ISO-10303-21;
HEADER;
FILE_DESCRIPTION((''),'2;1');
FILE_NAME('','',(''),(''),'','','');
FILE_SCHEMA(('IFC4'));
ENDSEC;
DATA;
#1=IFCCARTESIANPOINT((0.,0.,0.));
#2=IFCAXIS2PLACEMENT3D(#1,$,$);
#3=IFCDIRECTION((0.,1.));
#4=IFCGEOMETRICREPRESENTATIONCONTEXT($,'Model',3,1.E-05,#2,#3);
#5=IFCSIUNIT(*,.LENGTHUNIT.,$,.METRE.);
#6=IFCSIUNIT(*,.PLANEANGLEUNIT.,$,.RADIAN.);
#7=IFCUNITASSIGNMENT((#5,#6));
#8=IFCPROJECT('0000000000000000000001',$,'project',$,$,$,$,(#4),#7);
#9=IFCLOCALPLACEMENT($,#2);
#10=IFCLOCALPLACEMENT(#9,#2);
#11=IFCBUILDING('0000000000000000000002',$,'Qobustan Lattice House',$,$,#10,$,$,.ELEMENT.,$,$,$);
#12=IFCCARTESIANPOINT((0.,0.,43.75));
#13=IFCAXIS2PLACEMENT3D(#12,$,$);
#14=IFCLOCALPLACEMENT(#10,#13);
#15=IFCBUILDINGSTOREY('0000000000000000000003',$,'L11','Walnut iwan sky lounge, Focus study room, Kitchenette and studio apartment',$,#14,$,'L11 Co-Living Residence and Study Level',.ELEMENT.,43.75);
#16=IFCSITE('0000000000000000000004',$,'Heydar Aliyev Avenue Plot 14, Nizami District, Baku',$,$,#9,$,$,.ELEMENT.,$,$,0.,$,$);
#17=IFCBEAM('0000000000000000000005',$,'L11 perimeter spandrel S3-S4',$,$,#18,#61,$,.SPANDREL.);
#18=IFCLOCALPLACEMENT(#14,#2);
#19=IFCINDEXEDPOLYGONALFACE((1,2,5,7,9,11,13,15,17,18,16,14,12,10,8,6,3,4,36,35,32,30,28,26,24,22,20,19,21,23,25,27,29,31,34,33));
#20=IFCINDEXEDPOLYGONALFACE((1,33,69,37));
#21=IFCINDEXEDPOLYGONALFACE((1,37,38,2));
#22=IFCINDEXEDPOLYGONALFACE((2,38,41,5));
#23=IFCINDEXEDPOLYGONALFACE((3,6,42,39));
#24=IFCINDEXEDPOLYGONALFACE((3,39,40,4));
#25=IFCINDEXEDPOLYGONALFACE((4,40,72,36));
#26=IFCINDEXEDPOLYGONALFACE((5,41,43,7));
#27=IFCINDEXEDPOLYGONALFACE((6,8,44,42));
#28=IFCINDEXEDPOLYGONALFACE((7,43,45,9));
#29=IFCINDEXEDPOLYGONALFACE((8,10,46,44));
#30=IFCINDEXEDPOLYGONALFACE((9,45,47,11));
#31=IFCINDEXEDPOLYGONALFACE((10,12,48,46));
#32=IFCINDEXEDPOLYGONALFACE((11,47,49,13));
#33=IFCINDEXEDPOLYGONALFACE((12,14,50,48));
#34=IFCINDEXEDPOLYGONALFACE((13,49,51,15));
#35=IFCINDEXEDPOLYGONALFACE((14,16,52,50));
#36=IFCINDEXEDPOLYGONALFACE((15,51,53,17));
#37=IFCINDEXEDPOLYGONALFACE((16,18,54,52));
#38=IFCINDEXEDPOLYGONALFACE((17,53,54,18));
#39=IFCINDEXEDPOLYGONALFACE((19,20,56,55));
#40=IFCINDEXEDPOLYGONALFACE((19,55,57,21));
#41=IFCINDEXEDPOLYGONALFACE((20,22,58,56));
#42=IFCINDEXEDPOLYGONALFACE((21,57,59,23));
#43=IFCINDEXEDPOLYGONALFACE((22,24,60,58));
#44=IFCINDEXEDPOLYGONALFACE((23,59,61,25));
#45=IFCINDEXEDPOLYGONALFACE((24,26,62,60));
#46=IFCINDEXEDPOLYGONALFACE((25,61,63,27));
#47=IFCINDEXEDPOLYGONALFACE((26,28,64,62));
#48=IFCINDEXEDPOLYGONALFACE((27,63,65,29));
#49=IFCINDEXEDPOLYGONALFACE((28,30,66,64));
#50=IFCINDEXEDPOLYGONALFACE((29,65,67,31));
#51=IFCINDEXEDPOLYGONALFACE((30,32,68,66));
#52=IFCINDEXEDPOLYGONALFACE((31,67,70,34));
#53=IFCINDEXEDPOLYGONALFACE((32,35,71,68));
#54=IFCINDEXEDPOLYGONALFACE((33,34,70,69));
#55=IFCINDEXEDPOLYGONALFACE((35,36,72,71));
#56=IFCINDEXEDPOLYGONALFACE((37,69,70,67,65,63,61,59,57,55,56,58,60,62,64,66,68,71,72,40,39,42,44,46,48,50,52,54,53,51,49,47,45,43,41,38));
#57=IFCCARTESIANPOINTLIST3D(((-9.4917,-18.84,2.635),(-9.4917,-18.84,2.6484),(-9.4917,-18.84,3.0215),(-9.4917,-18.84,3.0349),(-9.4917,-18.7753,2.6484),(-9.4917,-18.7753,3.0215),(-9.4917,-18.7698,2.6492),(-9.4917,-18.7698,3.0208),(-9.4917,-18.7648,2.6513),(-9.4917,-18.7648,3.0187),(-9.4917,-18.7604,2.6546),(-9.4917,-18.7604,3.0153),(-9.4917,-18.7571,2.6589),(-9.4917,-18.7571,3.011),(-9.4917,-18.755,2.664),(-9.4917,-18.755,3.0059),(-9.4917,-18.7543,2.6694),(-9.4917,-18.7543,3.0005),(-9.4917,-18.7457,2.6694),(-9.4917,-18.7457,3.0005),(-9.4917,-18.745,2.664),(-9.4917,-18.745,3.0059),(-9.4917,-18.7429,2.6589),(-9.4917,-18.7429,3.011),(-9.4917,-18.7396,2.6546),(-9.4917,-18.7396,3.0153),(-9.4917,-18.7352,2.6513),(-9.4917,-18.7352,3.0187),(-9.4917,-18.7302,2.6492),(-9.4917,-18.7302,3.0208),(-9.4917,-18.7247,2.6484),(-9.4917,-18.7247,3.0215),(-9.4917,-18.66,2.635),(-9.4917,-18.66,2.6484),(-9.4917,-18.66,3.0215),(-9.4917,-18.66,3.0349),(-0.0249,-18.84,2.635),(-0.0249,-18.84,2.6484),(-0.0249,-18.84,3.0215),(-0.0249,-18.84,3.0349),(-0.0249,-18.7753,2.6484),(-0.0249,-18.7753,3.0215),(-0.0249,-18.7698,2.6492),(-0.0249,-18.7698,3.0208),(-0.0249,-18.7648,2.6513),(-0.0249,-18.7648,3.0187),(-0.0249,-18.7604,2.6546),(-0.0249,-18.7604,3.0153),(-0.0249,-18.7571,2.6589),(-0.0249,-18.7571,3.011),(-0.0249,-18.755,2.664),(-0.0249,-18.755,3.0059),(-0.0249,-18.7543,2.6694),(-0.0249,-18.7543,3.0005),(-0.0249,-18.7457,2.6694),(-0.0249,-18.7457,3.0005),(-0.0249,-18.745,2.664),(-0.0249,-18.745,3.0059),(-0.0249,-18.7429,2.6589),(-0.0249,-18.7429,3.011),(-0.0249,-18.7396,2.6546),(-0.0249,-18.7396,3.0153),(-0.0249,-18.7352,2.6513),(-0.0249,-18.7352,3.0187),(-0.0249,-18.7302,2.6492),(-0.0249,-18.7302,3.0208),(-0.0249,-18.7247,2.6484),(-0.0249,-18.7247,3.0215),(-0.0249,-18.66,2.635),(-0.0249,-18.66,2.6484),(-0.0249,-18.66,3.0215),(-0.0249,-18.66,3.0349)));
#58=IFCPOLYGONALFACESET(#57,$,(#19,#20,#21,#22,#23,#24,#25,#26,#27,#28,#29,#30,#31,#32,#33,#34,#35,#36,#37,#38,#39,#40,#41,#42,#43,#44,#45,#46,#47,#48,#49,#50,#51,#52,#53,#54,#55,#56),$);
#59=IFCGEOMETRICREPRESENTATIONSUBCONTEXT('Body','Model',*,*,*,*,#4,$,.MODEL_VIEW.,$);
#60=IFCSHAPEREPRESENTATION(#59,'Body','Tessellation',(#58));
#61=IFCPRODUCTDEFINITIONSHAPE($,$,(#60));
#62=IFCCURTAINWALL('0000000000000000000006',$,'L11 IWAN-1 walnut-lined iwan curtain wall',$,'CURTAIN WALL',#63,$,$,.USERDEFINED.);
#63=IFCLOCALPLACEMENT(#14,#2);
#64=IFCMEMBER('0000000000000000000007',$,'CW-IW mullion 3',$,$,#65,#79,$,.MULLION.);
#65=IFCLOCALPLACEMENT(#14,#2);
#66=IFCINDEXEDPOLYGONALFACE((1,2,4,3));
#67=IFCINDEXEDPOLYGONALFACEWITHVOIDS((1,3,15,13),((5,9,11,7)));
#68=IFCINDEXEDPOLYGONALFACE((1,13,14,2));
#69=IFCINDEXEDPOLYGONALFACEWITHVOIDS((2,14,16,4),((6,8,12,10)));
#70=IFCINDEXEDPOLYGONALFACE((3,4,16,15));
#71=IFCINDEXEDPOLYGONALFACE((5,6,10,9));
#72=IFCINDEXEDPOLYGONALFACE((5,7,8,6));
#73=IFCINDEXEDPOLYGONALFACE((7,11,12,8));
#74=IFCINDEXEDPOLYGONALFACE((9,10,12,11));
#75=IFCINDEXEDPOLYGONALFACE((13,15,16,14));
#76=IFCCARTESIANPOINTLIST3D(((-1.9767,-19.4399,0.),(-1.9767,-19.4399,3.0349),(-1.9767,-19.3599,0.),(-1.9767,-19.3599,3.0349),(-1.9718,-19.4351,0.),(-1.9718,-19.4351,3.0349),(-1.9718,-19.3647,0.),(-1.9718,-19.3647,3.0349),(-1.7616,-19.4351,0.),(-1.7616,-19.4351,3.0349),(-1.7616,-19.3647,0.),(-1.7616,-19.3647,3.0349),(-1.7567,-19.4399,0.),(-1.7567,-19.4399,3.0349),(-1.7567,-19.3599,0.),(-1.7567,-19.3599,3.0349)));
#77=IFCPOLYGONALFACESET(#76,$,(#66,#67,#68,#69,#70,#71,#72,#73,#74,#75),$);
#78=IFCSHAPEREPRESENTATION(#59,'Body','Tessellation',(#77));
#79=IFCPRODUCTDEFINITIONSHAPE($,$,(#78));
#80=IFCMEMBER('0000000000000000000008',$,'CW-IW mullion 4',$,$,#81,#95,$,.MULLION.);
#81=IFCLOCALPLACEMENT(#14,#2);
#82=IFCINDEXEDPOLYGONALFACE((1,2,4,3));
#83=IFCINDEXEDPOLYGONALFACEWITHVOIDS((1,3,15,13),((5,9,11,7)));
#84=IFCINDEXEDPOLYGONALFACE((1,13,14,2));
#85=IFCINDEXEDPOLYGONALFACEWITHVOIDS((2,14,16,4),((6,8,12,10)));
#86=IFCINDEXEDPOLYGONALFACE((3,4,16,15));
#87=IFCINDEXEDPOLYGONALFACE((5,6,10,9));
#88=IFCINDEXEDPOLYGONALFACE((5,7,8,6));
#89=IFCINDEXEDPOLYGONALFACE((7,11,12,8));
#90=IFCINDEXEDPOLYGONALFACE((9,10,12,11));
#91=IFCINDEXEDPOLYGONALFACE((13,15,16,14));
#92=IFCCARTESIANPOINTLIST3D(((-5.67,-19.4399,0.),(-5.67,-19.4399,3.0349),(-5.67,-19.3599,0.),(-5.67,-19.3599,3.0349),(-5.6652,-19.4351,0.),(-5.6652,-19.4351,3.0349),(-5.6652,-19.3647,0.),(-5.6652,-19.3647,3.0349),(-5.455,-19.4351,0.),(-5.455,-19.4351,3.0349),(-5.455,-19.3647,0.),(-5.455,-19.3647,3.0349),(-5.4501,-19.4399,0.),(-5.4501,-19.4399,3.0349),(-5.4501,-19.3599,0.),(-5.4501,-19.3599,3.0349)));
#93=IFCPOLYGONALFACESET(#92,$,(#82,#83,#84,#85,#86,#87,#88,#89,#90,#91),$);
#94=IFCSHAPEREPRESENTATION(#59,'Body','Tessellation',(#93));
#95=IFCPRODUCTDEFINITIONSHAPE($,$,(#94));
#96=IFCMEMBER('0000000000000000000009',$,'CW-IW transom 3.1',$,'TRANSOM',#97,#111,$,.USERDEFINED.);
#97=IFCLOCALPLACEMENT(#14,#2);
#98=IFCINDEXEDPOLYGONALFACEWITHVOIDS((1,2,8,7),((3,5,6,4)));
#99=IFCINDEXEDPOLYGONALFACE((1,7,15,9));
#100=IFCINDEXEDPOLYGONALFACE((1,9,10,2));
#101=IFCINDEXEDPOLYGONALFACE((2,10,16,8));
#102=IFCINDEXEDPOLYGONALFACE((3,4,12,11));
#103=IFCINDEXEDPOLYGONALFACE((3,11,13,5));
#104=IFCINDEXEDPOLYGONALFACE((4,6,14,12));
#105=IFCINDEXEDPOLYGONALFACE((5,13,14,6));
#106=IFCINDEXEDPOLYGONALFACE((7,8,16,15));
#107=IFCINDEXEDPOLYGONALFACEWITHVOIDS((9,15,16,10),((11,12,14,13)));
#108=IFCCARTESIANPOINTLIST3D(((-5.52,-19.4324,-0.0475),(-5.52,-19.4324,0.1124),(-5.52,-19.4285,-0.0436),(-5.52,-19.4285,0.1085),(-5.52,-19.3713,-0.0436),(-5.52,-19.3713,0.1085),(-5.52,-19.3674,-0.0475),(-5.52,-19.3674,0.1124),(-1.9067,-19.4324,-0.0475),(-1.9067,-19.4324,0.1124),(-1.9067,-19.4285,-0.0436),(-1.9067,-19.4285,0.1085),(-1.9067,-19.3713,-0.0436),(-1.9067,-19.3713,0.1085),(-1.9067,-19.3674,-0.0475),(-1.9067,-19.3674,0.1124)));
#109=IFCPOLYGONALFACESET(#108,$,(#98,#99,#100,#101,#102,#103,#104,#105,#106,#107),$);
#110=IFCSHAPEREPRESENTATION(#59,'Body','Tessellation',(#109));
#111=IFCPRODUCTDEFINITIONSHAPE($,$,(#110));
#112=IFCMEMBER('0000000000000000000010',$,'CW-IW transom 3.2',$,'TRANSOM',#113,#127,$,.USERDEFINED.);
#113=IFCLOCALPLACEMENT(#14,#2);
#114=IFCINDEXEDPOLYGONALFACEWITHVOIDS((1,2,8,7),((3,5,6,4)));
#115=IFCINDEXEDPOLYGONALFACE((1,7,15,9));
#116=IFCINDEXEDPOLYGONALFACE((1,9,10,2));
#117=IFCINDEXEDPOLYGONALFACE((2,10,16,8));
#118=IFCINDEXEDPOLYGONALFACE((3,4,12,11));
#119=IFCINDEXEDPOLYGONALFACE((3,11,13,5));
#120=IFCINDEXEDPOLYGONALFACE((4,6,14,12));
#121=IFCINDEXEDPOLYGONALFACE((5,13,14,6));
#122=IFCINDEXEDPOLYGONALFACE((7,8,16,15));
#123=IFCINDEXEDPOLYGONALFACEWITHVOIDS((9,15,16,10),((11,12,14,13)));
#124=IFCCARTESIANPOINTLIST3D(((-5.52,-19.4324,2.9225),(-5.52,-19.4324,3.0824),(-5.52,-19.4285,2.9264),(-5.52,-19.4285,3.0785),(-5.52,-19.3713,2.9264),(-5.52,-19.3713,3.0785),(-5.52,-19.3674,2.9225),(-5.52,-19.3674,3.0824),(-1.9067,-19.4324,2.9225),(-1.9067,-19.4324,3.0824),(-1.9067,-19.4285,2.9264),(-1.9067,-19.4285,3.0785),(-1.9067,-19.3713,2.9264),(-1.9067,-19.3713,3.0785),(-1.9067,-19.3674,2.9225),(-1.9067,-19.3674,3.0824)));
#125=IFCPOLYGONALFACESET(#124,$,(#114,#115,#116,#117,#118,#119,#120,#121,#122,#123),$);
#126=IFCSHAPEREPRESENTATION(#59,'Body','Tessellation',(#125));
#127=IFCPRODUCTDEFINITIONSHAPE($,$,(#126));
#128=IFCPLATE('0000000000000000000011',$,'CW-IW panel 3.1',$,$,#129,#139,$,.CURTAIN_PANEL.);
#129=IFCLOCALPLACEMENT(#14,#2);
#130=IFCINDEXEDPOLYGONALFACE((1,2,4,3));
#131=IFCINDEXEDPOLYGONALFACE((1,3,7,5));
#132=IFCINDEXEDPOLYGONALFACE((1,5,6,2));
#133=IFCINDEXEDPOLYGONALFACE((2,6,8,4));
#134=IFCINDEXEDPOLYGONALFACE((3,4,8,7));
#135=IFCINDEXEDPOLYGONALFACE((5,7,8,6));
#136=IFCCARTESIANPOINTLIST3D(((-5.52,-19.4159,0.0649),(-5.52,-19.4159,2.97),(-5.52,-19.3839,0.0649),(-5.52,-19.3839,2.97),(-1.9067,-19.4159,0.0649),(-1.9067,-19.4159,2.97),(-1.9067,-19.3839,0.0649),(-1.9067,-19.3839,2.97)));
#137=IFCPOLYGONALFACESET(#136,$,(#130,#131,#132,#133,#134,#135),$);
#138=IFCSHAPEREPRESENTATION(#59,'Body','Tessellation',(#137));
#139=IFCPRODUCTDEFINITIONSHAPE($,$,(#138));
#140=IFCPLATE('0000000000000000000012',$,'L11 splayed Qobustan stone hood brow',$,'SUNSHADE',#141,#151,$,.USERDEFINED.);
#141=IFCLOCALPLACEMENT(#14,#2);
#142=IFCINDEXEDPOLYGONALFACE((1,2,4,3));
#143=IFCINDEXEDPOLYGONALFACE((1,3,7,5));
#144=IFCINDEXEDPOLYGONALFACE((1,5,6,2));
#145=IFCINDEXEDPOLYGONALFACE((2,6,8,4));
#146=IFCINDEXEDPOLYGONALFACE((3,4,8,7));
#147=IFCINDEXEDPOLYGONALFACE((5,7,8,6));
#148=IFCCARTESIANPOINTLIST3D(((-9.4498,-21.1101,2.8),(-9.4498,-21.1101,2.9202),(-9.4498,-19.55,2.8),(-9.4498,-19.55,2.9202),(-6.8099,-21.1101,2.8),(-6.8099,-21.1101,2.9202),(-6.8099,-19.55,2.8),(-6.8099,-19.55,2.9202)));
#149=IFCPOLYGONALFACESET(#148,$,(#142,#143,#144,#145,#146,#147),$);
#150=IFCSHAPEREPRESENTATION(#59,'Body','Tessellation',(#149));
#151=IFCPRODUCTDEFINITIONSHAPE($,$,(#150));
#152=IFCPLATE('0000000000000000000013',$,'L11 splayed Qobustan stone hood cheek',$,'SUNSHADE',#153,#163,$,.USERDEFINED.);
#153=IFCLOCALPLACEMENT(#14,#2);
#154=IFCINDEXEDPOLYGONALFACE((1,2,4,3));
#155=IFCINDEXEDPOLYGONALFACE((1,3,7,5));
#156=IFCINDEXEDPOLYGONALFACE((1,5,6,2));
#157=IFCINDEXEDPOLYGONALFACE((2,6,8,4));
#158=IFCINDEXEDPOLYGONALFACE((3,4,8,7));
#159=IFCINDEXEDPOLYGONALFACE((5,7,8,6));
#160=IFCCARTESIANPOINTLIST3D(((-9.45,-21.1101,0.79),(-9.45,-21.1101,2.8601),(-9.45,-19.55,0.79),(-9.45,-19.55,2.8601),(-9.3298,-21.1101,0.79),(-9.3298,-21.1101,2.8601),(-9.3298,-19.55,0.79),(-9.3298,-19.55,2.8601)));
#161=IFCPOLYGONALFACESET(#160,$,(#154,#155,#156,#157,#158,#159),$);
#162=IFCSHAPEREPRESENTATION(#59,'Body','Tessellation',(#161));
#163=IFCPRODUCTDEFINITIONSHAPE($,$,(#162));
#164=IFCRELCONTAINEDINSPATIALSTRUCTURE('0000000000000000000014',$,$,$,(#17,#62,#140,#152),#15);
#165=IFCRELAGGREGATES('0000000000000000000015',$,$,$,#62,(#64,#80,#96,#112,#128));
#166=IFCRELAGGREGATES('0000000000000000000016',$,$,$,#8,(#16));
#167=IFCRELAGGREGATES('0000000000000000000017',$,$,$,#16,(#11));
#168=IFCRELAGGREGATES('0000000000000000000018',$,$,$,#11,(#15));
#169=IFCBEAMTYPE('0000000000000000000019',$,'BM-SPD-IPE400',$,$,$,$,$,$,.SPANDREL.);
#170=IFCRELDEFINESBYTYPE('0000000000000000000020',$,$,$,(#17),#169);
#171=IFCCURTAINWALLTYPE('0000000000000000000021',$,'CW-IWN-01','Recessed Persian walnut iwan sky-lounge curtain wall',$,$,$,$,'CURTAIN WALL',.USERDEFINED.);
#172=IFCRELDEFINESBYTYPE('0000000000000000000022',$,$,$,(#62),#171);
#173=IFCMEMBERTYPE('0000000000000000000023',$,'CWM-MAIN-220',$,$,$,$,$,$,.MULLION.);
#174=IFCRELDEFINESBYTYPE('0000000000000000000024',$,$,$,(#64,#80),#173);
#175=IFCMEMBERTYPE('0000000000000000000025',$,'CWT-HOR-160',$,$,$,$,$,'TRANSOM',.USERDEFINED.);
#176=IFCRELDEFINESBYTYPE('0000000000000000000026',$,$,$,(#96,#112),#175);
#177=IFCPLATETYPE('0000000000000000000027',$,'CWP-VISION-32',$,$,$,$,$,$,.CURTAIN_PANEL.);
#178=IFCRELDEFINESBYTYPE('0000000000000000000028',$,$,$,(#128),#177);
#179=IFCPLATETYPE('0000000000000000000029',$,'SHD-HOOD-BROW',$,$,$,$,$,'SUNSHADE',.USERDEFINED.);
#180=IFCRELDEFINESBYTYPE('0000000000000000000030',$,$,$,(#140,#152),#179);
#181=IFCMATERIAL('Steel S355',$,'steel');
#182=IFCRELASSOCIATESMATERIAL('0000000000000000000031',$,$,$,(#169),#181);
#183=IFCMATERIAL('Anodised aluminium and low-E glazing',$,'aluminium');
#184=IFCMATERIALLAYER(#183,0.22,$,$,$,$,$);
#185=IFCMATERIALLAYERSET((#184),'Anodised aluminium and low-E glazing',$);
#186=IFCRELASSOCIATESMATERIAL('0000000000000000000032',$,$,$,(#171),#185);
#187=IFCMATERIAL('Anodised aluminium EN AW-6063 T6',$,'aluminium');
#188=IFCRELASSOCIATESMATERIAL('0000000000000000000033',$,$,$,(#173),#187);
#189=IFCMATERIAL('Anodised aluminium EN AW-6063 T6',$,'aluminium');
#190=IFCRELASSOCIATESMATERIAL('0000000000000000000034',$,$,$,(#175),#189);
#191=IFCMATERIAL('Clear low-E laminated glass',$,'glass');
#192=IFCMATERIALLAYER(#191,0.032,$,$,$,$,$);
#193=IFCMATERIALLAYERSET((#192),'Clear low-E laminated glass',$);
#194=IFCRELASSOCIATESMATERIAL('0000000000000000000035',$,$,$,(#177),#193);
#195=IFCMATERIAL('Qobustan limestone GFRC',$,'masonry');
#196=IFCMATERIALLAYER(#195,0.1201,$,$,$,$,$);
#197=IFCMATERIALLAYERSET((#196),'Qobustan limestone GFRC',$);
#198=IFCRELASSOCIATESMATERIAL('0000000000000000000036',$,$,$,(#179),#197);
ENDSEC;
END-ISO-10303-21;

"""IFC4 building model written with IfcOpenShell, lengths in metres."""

from ifc_helpers import new_model, si_unit, direction, frame, origin, origin_2d, place, context, subcontext, project, spatial, rectangle, hollow_rectangle, i_section, extrude, material, layer, layer_set, material_profile, profile_set, type_object, element, aggregate, save


model = new_model("IFC4")

# Units and contexts
model_context = context("Model", 3, precision=1e-05, world=origin(), true_north=direction((0.0, 1.0)))
body_context = subcontext(model_context, "Body", "Model", "MODEL_VIEW")
ifc_project = project(units=[si_unit("LENGTHUNIT", "METRE"), si_unit("PLANEANGLEUNIT", "RADIAN")], contexts=[model_context])

# Site, building, storey
site_placement = place(None, origin())
site = spatial("IfcSite", under=ifc_project, at=site_placement, Name="Heydar Aliyev Avenue Plot 14, Nizami District, Baku", CompositionType="ELEMENT", RefElevation=0.0)
building_placement = place(site_placement, origin())
building = spatial("IfcBuilding", under=site, at=building_placement, Name="Qobustan Lattice House", CompositionType="ELEMENT")
storey_placement = place(building_placement, frame((0.0, 0.0, 43.75)))
storey = spatial("IfcBuildingStorey", under=building, at=storey_placement, Name="L11", Description="Walnut iwan sky lounge, Focus study room, Kitchenette and studio apartment", LongName="L11 Co-Living Residence and Study Level", CompositionType="ELEMENT", Elevation=43.75)

# Beam
ifc_material_1 = material(Name="Steel S355", Category="steel")
ifc_material_profile_1 = material_profile(ifc_material_1, i_section(OverallWidth=0.1799, OverallDepth=0.3999, WebThickness=0.0085, FlangeThickness=0.0134, FilletRadius=0.021, at=origin_2d()), Name="IPE400")
ifc_profile_set_1 = profile_set([ifc_material_profile_1], Name="Steel S355")
beam_type_1 = type_object("IfcBeamType", Name="BM-SPD-IPE400", PredefinedType="SPANDREL", material=ifc_profile_set_1)
beam_1_placement = place(storey_placement, frame((-9.4917, -18.75, 2.835), z_axis=(1.0, 0.0, 0.0), x_axis=(0.0, 1.0, 0.0)))
element("IfcBeam", 1, at=beam_1_placement, inside=storey, type_object=beam_type_1, Name="L11 perimeter spandrel S3-S4", PredefinedType="SPANDREL", context=body_context, shape_type="SweptSolid", body=[
    extrude(i_section(OverallWidth=0.1799, OverallDepth=0.3999, WebThickness=0.0085, FlangeThickness=0.0134, FilletRadius=0.021, at=origin_2d()), origin(), (0.0, 0.0, 1.0), 9.4668),
])

# Curtain wall, members, plate
ifc_material_2 = material(Name="Anodised aluminium and low-E glazing", Category="aluminium")
ifc_layer_1 = layer(ifc_material_2, 0.22)
ifc_layer_set_1 = layer_set([ifc_layer_1], Name="Anodised aluminium and low-E glazing")
curtain_wall_type = type_object("IfcCurtainWallType", Name="CW-IWN-01", Description="Recessed Persian walnut iwan sky-lounge curtain wall", ElementType="CURTAIN WALL", PredefinedType="USERDEFINED", material=ifc_layer_set_1)
curtain_wall_placement = place(storey_placement, origin())
curtain_wall = element("IfcCurtainWall", 2, at=curtain_wall_placement, inside=storey, type_object=curtain_wall_type, Name="L11 IWAN-1 walnut-lined iwan curtain wall", ObjectType="CURTAIN WALL", PredefinedType="USERDEFINED")
ifc_material_3 = material(Name="Anodised aluminium EN AW-6063 T6", Category="aluminium")
ifc_material_profile_2 = material_profile(ifc_material_3, hollow_rectangle(XDim=0.0801, YDim=0.22, WallThickness=0.0049, at=origin_2d()), Name="CWM-220x80")
ifc_profile_set_2 = profile_set([ifc_material_profile_2], Name="Anodised aluminium EN AW-6063 T6")
member_type_1 = type_object("IfcMemberType", Name="CWM-MAIN-220", PredefinedType="MULLION", material=ifc_profile_set_2)
member_1_placement = place(storey_placement, frame((-1.8667, -19.3999, 0.0), z_axis=(0.0, 0.0, 1.0), x_axis=(0.0, -1.0, 0.0)))
member_1 = element("IfcMember", 3, at=member_1_placement, type_object=member_type_1, Name="CW-IW mullion 3", PredefinedType="MULLION", context=body_context, shape_type="SweptSolid", body=[
    extrude(hollow_rectangle(XDim=0.0801, YDim=0.22, WallThickness=0.0049, at=origin_2d()), origin(), (0.0, 0.0, 1.0), 3.0349),
])
member_2_placement = place(storey_placement, frame((-5.5601, -19.3999, 0.0), z_axis=(0.0, 0.0, 1.0), x_axis=(0.0, -1.0, 0.0)))
member_2 = element("IfcMember", 4, at=member_2_placement, type_object=member_type_1, Name="CW-IW mullion 4", PredefinedType="MULLION", context=body_context, shape_type="SweptSolid", body=[
    extrude(hollow_rectangle(XDim=0.0801, YDim=0.22, WallThickness=0.0049, at=origin_2d()), origin(), (0.0, 0.0, 1.0), 3.0349),
])
ifc_material_4 = material(Name="Anodised aluminium EN AW-6063 T6", Category="aluminium")
ifc_material_profile_3 = material_profile(ifc_material_4, hollow_rectangle(XDim=0.0649, YDim=0.1599, WallThickness=0.0039, at=origin_2d()), Name="CWT-160x65")
ifc_profile_set_3 = profile_set([ifc_material_profile_3], Name="Anodised aluminium EN AW-6063 T6")
member_type_2 = type_object("IfcMemberType", Name="CWT-HOR-160", ElementType="TRANSOM", PredefinedType="USERDEFINED", material=ifc_profile_set_3)
member_3_placement = place(storey_placement, frame((-1.9067, -19.3999, 0.0325), z_axis=(-1.0, 0.0, 0.0), x_axis=(0.0, -1.0, 0.0)))
member_3 = element("IfcMember", 5, at=member_3_placement, type_object=member_type_2, Name="CW-IW transom 3.1", ObjectType="TRANSOM", PredefinedType="USERDEFINED", context=body_context, shape_type="SweptSolid", body=[
    extrude(hollow_rectangle(XDim=0.0649, YDim=0.1599, WallThickness=0.0039, at=origin_2d()), origin(), (0.0, 0.0, 1.0), 3.6133),
])
member_4_placement = place(storey_placement, frame((-1.9067, -19.3999, 3.0024), z_axis=(-1.0, 0.0, 0.0), x_axis=(0.0, -1.0, 0.0)))
member_4 = element("IfcMember", 6, at=member_4_placement, type_object=member_type_2, Name="CW-IW transom 3.2", ObjectType="TRANSOM", PredefinedType="USERDEFINED", context=body_context, shape_type="SweptSolid", body=[
    extrude(hollow_rectangle(XDim=0.0649, YDim=0.1599, WallThickness=0.0039, at=origin_2d()), origin(), (0.0, 0.0, 1.0), 3.6133),
])
ifc_material_5 = material(Name="Clear low-E laminated glass", Category="glass")
ifc_layer_2 = layer(ifc_material_5, 0.032)
ifc_layer_set_2 = layer_set([ifc_layer_2], Name="Clear low-E laminated glass")
plate_type_1 = type_object("IfcPlateType", Name="CWP-VISION-32", PredefinedType="CURTAIN_PANEL", material=ifc_layer_set_2)
plate_1_placement = place(storey_placement, frame((-3.7134, -19.3999, 0.0649), z_axis=(0.0, 0.0, 1.0), x_axis=(-1.0, 0.0, 0.0)))
plate_1 = element("IfcPlate", 7, at=plate_1_placement, type_object=plate_type_1, Name="CW-IW panel 3.1", PredefinedType="CURTAIN_PANEL", context=body_context, shape_type="SweptSolid", body=[
    extrude(rectangle(XDim=3.6133, YDim=0.032, at=origin_2d()), origin(), (0.0, 0.0, 1.0), 2.905),
])
aggregate(curtain_wall, [member_1, member_2, member_3, member_4, plate_1])

# Plates
ifc_material_6 = material(Name="Qobustan limestone GFRC", Category="masonry")
ifc_layer_3 = layer(ifc_material_6, 0.1201)
ifc_layer_set_3 = layer_set([ifc_layer_3], Name="Qobustan limestone GFRC")
plate_type_2 = type_object("IfcPlateType", Name="SHD-HOOD-BROW", ElementType="SUNSHADE", PredefinedType="USERDEFINED", material=ifc_layer_set_3)
plate_2_placement = place(storey_placement, frame((-8.1299, -20.3301, 2.8), z_axis=(0.0, 0.0, 1.0), x_axis=(-1.0, 0.0, 0.0)))
element("IfcPlate", 8, at=plate_2_placement, inside=storey, type_object=plate_type_2, Name="L11 splayed Qobustan stone hood brow", ObjectType="SUNSHADE", PredefinedType="USERDEFINED", context=body_context, shape_type="SweptSolid", body=[
    extrude(rectangle(XDim=2.6399, YDim=1.5601, at=origin_2d()), origin(), (0.0, 0.0, 1.0), 0.1201),
])
plate_3_placement = place(storey_placement, frame((-9.3899, -20.3301, 0.79), z_axis=(0.0, 0.0, 1.0), x_axis=(-1.0, 0.0, 0.0)))
element("IfcPlate", 9, at=plate_3_placement, inside=storey, type_object=plate_type_2, Name="L11 splayed Qobustan stone hood cheek", ObjectType="SUNSHADE", PredefinedType="USERDEFINED", context=body_context, shape_type="SweptSolid", body=[
    extrude(rectangle(XDim=0.1201, YDim=1.5601, at=origin_2d()), origin(), (0.0, 0.0, 1.0), 2.0701),
])

save(model, "model.ifc")
